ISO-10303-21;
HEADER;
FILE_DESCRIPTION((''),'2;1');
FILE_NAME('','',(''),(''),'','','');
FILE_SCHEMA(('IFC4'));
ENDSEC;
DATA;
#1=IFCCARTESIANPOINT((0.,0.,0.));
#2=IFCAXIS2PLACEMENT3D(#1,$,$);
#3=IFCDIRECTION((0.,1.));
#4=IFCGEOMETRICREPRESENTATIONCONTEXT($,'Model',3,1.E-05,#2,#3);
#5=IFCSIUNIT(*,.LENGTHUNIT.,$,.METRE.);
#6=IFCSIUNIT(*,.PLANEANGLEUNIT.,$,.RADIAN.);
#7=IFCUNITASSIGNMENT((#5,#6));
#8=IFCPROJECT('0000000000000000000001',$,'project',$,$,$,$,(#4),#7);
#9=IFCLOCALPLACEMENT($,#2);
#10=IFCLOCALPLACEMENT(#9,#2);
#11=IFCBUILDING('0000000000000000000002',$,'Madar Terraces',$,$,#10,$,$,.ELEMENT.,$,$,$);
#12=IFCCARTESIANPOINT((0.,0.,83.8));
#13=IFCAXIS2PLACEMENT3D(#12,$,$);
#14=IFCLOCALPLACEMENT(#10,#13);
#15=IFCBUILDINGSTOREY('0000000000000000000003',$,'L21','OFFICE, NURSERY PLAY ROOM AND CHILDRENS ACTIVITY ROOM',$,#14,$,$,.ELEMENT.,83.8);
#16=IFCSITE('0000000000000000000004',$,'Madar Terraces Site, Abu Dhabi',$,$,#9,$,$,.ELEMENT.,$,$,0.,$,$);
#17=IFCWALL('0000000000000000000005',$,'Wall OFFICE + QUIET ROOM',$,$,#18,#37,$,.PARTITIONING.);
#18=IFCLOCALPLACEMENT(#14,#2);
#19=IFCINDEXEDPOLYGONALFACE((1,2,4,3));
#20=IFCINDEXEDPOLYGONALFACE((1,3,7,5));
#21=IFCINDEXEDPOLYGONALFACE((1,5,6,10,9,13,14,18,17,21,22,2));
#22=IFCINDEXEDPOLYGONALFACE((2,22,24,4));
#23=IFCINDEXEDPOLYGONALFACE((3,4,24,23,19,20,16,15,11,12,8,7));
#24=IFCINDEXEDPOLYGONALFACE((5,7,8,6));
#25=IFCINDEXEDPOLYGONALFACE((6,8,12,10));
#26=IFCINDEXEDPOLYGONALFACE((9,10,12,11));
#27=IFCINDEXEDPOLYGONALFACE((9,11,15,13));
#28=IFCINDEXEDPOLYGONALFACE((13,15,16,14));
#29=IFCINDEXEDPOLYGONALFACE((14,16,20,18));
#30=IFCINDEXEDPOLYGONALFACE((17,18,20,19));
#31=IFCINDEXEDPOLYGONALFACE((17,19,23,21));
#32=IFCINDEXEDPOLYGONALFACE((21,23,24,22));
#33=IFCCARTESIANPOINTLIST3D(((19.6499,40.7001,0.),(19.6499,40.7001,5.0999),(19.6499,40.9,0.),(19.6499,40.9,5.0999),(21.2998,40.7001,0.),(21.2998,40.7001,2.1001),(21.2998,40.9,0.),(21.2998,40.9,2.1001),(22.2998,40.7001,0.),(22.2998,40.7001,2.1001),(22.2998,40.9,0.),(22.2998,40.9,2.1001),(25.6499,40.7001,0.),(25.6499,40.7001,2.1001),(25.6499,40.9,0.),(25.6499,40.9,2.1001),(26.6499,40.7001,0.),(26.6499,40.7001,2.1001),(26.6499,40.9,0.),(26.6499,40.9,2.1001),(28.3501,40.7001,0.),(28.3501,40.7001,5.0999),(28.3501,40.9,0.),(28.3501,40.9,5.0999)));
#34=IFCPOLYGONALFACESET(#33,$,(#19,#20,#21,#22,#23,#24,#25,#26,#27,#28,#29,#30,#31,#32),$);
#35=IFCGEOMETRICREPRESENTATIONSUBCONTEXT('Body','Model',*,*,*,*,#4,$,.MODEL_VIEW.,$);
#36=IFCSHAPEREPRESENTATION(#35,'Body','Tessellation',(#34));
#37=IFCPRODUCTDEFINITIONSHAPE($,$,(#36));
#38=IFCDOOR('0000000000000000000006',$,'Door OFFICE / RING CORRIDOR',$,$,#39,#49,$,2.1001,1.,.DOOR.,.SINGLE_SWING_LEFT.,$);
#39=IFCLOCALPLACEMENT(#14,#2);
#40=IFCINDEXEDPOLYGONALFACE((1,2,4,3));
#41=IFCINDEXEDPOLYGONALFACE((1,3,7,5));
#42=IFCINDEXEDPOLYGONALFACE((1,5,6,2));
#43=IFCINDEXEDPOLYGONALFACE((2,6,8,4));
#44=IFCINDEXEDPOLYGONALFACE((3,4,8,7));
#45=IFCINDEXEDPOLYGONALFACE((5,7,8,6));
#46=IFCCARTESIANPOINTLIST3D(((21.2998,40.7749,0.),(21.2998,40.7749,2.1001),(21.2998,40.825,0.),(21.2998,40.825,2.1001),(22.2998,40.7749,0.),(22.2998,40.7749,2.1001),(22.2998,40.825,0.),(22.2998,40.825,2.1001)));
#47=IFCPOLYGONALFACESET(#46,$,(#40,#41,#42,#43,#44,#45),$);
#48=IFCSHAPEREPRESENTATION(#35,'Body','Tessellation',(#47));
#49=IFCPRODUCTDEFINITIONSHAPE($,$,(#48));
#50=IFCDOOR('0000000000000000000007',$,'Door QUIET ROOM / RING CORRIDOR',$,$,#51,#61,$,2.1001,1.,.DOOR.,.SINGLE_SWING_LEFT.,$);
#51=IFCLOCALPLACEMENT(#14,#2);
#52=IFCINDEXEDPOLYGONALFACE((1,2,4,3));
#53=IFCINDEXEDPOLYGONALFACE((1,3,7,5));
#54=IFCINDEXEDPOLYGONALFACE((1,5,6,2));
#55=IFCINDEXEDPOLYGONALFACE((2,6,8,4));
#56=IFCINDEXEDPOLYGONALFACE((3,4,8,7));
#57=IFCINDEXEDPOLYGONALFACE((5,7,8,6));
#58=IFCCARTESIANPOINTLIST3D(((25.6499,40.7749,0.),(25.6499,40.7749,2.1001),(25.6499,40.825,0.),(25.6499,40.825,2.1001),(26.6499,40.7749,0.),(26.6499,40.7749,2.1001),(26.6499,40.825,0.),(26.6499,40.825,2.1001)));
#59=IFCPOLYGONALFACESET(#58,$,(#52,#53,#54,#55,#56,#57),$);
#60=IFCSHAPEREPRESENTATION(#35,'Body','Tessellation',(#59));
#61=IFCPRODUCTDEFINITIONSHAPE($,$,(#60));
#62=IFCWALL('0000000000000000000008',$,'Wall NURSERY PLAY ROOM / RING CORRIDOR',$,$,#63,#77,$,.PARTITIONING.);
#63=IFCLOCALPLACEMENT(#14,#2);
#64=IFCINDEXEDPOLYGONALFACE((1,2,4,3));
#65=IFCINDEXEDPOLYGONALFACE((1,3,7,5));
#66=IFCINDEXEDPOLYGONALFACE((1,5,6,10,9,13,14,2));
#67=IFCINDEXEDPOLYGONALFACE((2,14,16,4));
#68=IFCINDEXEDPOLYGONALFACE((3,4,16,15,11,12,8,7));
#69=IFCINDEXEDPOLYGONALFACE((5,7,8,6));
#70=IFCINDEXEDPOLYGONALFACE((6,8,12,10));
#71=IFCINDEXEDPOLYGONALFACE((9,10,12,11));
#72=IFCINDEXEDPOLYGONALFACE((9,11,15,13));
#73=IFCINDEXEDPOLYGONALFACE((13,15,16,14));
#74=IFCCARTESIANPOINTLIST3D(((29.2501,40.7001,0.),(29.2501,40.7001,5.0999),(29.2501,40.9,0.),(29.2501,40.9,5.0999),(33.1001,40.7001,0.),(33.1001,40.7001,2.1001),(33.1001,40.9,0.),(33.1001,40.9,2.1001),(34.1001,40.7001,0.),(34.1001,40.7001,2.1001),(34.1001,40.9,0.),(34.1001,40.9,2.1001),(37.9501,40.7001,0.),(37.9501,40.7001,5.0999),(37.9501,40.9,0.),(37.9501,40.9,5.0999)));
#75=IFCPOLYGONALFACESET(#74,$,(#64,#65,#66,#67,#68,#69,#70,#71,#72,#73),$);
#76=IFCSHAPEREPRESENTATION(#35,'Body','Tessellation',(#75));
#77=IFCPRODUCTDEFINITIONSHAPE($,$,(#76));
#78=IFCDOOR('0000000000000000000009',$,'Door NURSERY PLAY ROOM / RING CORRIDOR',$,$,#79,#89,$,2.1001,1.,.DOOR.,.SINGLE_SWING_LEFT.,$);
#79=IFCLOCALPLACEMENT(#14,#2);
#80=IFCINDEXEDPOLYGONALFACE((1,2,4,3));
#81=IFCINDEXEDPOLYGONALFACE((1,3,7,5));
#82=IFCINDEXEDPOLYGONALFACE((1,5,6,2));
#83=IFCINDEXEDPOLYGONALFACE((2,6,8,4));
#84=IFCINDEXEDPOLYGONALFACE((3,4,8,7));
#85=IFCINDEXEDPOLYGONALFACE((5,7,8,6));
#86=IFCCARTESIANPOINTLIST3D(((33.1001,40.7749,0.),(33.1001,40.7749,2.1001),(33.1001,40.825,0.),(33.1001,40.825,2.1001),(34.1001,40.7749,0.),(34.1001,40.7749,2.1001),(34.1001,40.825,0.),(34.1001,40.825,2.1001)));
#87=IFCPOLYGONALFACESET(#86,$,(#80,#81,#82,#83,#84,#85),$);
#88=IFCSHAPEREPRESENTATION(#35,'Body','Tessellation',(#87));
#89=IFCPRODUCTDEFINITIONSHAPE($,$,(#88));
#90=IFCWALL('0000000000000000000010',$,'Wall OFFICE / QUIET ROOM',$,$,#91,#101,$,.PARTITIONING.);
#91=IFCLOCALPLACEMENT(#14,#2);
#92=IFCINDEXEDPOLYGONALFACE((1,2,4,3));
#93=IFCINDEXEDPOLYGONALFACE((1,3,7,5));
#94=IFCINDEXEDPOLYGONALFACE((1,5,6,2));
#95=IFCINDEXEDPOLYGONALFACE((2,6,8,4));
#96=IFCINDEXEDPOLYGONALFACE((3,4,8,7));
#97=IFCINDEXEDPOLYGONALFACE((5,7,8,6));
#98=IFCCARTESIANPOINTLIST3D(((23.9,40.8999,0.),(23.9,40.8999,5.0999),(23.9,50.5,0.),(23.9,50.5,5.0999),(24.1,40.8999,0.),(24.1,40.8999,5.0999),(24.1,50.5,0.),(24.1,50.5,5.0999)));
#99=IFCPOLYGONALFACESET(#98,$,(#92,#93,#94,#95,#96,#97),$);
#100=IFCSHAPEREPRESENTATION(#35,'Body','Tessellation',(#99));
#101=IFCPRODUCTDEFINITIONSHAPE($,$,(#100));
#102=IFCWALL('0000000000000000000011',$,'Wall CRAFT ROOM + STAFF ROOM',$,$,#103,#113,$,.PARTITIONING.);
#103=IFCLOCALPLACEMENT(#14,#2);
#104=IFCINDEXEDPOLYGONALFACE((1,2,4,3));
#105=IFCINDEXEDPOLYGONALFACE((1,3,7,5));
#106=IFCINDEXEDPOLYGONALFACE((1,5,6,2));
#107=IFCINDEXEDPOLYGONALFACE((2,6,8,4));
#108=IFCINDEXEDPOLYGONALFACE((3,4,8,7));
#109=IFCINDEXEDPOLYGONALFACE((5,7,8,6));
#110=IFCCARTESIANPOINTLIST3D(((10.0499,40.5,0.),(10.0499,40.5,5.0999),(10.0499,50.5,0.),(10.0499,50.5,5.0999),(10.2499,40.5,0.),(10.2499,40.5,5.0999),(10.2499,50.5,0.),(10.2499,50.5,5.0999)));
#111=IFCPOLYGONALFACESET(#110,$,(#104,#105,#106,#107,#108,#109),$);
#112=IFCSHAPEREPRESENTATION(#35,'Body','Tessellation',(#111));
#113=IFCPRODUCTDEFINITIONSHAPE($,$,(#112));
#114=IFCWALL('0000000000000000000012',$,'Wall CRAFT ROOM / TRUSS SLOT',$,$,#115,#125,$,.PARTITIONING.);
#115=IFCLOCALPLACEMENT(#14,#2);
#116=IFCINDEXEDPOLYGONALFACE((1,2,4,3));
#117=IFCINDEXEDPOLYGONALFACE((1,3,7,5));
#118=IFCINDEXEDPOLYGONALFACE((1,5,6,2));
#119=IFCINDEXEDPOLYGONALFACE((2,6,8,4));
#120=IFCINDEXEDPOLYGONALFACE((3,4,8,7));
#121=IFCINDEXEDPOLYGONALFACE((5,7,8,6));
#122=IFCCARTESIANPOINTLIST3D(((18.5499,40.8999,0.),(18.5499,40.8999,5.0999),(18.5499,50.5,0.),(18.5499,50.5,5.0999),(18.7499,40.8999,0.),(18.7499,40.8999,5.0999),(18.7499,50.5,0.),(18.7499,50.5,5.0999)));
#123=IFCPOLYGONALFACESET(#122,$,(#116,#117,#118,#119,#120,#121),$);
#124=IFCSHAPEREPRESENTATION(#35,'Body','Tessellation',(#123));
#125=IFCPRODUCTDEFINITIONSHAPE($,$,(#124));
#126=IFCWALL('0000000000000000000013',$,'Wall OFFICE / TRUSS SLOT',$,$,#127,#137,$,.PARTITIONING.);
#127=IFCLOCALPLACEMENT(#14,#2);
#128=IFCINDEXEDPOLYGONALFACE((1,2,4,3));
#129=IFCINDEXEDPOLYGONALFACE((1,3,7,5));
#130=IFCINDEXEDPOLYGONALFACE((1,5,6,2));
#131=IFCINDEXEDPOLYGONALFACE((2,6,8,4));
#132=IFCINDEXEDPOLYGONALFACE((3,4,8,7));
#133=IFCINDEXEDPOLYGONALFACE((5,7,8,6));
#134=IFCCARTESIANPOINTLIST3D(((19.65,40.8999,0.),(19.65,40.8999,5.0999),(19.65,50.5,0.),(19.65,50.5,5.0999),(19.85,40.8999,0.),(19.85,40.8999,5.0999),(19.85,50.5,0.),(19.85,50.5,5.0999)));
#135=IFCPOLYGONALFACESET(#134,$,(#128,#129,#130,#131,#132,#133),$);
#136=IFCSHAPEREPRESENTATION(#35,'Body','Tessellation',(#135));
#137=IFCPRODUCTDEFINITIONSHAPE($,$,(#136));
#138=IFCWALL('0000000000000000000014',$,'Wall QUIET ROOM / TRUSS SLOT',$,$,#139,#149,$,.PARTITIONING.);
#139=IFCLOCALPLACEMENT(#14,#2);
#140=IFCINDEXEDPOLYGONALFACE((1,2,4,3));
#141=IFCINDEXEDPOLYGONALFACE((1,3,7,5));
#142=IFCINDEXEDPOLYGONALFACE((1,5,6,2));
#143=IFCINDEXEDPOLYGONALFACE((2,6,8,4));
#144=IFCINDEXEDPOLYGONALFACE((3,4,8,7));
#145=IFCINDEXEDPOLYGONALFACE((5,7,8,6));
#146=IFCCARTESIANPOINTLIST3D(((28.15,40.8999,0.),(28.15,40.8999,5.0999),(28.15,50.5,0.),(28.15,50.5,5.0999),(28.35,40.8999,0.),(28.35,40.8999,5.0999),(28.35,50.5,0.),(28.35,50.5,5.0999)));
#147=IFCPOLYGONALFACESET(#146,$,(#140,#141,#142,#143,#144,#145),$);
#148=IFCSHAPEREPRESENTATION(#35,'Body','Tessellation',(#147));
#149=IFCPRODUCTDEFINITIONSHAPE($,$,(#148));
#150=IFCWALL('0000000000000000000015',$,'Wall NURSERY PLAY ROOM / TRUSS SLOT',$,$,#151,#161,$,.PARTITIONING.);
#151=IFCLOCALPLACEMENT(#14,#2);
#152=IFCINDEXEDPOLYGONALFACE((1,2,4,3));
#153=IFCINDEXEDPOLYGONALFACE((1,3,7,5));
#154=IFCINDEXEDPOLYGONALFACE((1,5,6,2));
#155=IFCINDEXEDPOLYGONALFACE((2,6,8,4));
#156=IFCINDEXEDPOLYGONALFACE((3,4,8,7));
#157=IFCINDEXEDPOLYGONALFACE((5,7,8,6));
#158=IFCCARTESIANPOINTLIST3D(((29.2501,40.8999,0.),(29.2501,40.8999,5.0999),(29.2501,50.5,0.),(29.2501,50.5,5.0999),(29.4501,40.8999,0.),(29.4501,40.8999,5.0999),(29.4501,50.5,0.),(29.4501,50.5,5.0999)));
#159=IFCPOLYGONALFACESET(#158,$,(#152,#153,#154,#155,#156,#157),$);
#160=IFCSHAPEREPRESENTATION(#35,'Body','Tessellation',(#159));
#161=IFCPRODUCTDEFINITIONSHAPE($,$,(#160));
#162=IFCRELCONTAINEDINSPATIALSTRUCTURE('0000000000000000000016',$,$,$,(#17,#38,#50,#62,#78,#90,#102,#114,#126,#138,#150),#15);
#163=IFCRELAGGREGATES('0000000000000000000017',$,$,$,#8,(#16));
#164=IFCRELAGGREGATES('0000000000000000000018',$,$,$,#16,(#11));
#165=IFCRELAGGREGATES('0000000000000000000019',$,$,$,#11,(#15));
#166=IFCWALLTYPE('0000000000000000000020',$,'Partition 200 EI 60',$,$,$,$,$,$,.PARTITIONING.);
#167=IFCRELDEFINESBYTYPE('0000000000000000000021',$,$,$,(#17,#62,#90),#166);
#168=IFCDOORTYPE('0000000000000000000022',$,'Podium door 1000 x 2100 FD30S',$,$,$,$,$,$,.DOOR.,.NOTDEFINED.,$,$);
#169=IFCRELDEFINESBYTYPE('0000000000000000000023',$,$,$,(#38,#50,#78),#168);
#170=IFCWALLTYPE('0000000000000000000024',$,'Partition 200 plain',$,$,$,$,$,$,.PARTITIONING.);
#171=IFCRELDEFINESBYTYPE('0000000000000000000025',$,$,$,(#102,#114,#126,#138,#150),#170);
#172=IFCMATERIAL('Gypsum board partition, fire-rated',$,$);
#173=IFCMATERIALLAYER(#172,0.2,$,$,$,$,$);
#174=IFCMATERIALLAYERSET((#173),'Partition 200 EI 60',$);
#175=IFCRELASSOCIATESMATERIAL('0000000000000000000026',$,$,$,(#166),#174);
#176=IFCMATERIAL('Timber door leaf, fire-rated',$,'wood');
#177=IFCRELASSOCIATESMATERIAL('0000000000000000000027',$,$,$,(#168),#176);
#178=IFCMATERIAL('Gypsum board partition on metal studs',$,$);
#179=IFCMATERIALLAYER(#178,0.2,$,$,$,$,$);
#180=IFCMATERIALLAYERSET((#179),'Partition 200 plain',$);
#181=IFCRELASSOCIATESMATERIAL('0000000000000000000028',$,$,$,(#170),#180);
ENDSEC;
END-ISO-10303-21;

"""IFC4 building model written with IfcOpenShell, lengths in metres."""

from ifc_helpers import new_model, si_unit, direction, frame, frame_2d, origin, place, context, subcontext, project, spatial, rectangle, extrude, material, layer, layer_set, type_object, element, fill, save


model = new_model("IFC4")

# Units and contexts
model_context = context("Model", 3, precision=1e-05, world=origin(), true_north=direction((0.0, 1.0)))
body_context = subcontext(model_context, "Body", "Model", "MODEL_VIEW")
ifc_project = project(units=[si_unit("LENGTHUNIT", "METRE"), si_unit("PLANEANGLEUNIT", "RADIAN")], contexts=[model_context])

# Site, building, storey
site_placement = place(None, origin())
site = spatial("IfcSite", under=ifc_project, at=site_placement, Name="Madar Terraces Site, Abu Dhabi", CompositionType="ELEMENT", RefElevation=0.0)
building_placement = place(site_placement, origin())
building = spatial("IfcBuilding", under=site, at=building_placement, Name="Madar Terraces", CompositionType="ELEMENT")
storey_placement = place(building_placement, frame((0.0, 0.0, 83.8)))
storey = spatial("IfcBuildingStorey", under=building, at=storey_placement, Name="L21", Description="OFFICE, NURSERY PLAY ROOM AND CHILDRENS ACTIVITY ROOM", CompositionType="ELEMENT", Elevation=83.8)

# Shared definitions
ifc_material_1 = material(Name="Gypsum board partition, fire-rated")
ifc_layer_1 = layer(ifc_material_1, 0.2)
ifc_layer_set_1 = layer_set([ifc_layer_1], Name="Partition 200 EI 60")
wall_type_1 = type_object("IfcWallType", Name="Partition 200 EI 60", PredefinedType="PARTITIONING", material=ifc_layer_set_1)

# Shared definitions
ifc_material_2 = material(Name="Timber door leaf, fire-rated", Category="wood")
door_type = type_object("IfcDoorType", Name="Podium door 1000 x 2100 FD30S", OperationType="NOTDEFINED", PredefinedType="DOOR", material=ifc_material_2)

# Wall, openings, doors
wall_1_placement = place(storey_placement, frame((19.6499, 40.8, 0.0), z_axis=(0.0, 0.0, 1.0), x_axis=(1.0, 0.0, 0.0)))
wall_1 = element("IfcWall", 1, at=wall_1_placement, inside=storey, type_object=wall_type_1, Name="Wall OFFICE + QUIET ROOM", PredefinedType="PARTITIONING", context=body_context, shape_type="SweptSolid", body=[
    extrude(rectangle(XDim=8.7002, YDim=0.2, at=frame_2d((4.3501, 0.0))), origin(), (0.0, 0.0, 1.0), 5.0999),
])
opening_1_placement = place(wall_1_placement, frame((1.6499, 0.0, 0.0)))
opening_1 = element("IfcOpeningElement", 2, at=opening_1_placement, cuts=wall_1, PredefinedType="OPENING", context=body_context, shape_type="SweptSolid", body=[
    extrude(rectangle(XDim=1.0, YDim=2.1001, at=frame_2d((0.5, 1.05))), frame((0.0, 0.1099, 0.0), z_axis=(0.0, -1.0, 0.0), x_axis=(1.0, 0.0, 0.0)), (0.0, 0.0, 1.0), 0.22),
])
opening_2_placement = place(wall_1_placement, frame((6.0, 0.0, 0.0)))
opening_2 = element("IfcOpeningElement", 3, at=opening_2_placement, cuts=wall_1, PredefinedType="OPENING", context=body_context, shape_type="SweptSolid", body=[
    extrude(rectangle(XDim=1.0, YDim=2.1001, at=frame_2d((0.5, 1.05))), frame((0.0, 0.1099, 0.0), z_axis=(0.0, -1.0, 0.0), x_axis=(1.0, 0.0, 0.0)), (0.0, 0.0, 1.0), 0.22),
])
door_1_placement = place(opening_1_placement, origin())
door_1 = element("IfcDoor", 4, at=door_1_placement, inside=storey, type_object=door_type, Name="Door OFFICE / RING CORRIDOR", OperationType="SINGLE_SWING_LEFT", OverallHeight=2.1001, OverallWidth=1.0, PredefinedType="DOOR", context=body_context, shape_type="SweptSolid", body=[
    extrude(rectangle(XDim=1.0, YDim=2.1001, at=frame_2d((0.5, 1.05))), frame((0.0, 0.0249, 0.0), z_axis=(0.0, -1.0, 0.0), x_axis=(1.0, 0.0, 0.0)), (0.0, 0.0, 1.0), 0.05),
])
fill(opening_1, door_1)
door_2_placement = place(opening_2_placement, origin())
door_2 = element("IfcDoor", 5, at=door_2_placement, inside=storey, type_object=door_type, Name="Door QUIET ROOM / RING CORRIDOR", OperationType="SINGLE_SWING_LEFT", OverallHeight=2.1001, OverallWidth=1.0, PredefinedType="DOOR", context=body_context, shape_type="SweptSolid", body=[
    extrude(rectangle(XDim=1.0, YDim=2.1001, at=frame_2d((0.5, 1.05))), frame((0.0, 0.0249, 0.0), z_axis=(0.0, -1.0, 0.0), x_axis=(1.0, 0.0, 0.0)), (0.0, 0.0, 1.0), 0.05),
])
fill(opening_2, door_2)

# Wall, opening, door
wall_2_placement = place(storey_placement, frame((29.25, 40.8, 0.0), z_axis=(0.0, 0.0, 1.0), x_axis=(1.0, 0.0, 0.0)))
wall_2 = element("IfcWall", 6, at=wall_2_placement, inside=storey, type_object=wall_type_1, Name="Wall NURSERY PLAY ROOM / RING CORRIDOR", PredefinedType="PARTITIONING", context=body_context, shape_type="SweptSolid", body=[
    extrude(rectangle(XDim=8.7, YDim=0.2, at=frame_2d((4.3501, 0.0))), origin(), (0.0, 0.0, 1.0), 5.0999),
])
opening_3_placement = place(wall_2_placement, frame((3.8501, 0.0, 0.0)))
opening_3 = element("IfcOpeningElement", 7, at=opening_3_placement, cuts=wall_2, PredefinedType="OPENING", context=body_context, shape_type="SweptSolid", body=[
    extrude(rectangle(XDim=1.0, YDim=2.1001, at=frame_2d((0.5, 1.05))), frame((0.0, 0.1099, 0.0), z_axis=(0.0, -1.0, 0.0), x_axis=(1.0, 0.0, 0.0)), (0.0, 0.0, 1.0), 0.22),
])
door_3_placement = place(opening_3_placement, origin())
door_3 = element("IfcDoor", 8, at=door_3_placement, inside=storey, type_object=door_type, Name="Door NURSERY PLAY ROOM / RING CORRIDOR", OperationType="SINGLE_SWING_LEFT", OverallHeight=2.1001, OverallWidth=1.0, PredefinedType="DOOR", context=body_context, shape_type="SweptSolid", body=[
    extrude(rectangle(XDim=1.0, YDim=2.1001, at=frame_2d((0.5, 1.05))), frame((0.0, 0.0249, 0.0), z_axis=(0.0, -1.0, 0.0), x_axis=(1.0, 0.0, 0.0)), (0.0, 0.0, 1.0), 0.05),
])
fill(opening_3, door_3)

# Walls
wall_3_placement = place(storey_placement, frame((24.0, 40.8999, 0.0), z_axis=(0.0, 0.0, 1.0), x_axis=(0.0, 1.0, 0.0)))
element("IfcWall", 9, at=wall_3_placement, inside=storey, type_object=wall_type_1, Name="Wall OFFICE / QUIET ROOM", PredefinedType="PARTITIONING", context=body_context, shape_type="SweptSolid", body=[
    extrude(rectangle(XDim=9.6001, YDim=0.2, at=frame_2d((4.8, 0.0))), origin(), (0.0, 0.0, 1.0), 5.0999),
])
ifc_material_3 = material(Name="Gypsum board partition on metal studs")
ifc_layer_2 = layer(ifc_material_3, 0.2)
ifc_layer_set_2 = layer_set([ifc_layer_2], Name="Partition 200 plain")
wall_type_2 = type_object("IfcWallType", Name="Partition 200 plain", PredefinedType="PARTITIONING", material=ifc_layer_set_2)
wall_4_placement = place(storey_placement, frame((10.1499, 40.5, 0.0), z_axis=(0.0, 0.0, 1.0), x_axis=(0.0, 1.0, 0.0)))
element("IfcWall", 10, at=wall_4_placement, inside=storey, type_object=wall_type_2, Name="Wall CRAFT ROOM + STAFF ROOM", PredefinedType="PARTITIONING", context=body_context, shape_type="SweptSolid", body=[
    extrude(rectangle(XDim=10.0, YDim=0.2, at=frame_2d((5.0, 0.0))), origin(), (0.0, 0.0, 1.0), 5.0999),
])
for number, where, z_axis, x_axis, name in (
    (11, (18.6499, 40.8999, 0.0), (0.0, 0.0, 1.0), (0.0, 1.0, 0.0), "Wall CRAFT ROOM / TRUSS SLOT"),
    (12, (19.75, 40.8999, 0.0), (0.0, 0.0, 1.0), (0.0, 1.0, 0.0), "Wall OFFICE / TRUSS SLOT"),
    (13, (28.25, 40.8999, 0.0), (0.0, 0.0, 1.0), (0.0, 1.0, 0.0), "Wall QUIET ROOM / TRUSS SLOT"),
    (14, (29.3501, 40.8999, 0.0), (0.0, 0.0, 1.0), (0.0, 1.0, 0.0), "Wall NURSERY PLAY ROOM / TRUSS SLOT"),
):
    element("IfcWall", number, at=place(storey_placement, frame(where, z_axis=z_axis, x_axis=x_axis)), inside=storey, type_object=wall_type_2, Name=name, PredefinedType="PARTITIONING", context=body_context, shape_type="SweptSolid", body=[
        extrude(rectangle(XDim=9.6001, YDim=0.2, at=frame_2d((4.8, 0.0))), origin(), (0.0, 0.0, 1.0), 5.0999),
    ])

save(model, "model.ifc")
